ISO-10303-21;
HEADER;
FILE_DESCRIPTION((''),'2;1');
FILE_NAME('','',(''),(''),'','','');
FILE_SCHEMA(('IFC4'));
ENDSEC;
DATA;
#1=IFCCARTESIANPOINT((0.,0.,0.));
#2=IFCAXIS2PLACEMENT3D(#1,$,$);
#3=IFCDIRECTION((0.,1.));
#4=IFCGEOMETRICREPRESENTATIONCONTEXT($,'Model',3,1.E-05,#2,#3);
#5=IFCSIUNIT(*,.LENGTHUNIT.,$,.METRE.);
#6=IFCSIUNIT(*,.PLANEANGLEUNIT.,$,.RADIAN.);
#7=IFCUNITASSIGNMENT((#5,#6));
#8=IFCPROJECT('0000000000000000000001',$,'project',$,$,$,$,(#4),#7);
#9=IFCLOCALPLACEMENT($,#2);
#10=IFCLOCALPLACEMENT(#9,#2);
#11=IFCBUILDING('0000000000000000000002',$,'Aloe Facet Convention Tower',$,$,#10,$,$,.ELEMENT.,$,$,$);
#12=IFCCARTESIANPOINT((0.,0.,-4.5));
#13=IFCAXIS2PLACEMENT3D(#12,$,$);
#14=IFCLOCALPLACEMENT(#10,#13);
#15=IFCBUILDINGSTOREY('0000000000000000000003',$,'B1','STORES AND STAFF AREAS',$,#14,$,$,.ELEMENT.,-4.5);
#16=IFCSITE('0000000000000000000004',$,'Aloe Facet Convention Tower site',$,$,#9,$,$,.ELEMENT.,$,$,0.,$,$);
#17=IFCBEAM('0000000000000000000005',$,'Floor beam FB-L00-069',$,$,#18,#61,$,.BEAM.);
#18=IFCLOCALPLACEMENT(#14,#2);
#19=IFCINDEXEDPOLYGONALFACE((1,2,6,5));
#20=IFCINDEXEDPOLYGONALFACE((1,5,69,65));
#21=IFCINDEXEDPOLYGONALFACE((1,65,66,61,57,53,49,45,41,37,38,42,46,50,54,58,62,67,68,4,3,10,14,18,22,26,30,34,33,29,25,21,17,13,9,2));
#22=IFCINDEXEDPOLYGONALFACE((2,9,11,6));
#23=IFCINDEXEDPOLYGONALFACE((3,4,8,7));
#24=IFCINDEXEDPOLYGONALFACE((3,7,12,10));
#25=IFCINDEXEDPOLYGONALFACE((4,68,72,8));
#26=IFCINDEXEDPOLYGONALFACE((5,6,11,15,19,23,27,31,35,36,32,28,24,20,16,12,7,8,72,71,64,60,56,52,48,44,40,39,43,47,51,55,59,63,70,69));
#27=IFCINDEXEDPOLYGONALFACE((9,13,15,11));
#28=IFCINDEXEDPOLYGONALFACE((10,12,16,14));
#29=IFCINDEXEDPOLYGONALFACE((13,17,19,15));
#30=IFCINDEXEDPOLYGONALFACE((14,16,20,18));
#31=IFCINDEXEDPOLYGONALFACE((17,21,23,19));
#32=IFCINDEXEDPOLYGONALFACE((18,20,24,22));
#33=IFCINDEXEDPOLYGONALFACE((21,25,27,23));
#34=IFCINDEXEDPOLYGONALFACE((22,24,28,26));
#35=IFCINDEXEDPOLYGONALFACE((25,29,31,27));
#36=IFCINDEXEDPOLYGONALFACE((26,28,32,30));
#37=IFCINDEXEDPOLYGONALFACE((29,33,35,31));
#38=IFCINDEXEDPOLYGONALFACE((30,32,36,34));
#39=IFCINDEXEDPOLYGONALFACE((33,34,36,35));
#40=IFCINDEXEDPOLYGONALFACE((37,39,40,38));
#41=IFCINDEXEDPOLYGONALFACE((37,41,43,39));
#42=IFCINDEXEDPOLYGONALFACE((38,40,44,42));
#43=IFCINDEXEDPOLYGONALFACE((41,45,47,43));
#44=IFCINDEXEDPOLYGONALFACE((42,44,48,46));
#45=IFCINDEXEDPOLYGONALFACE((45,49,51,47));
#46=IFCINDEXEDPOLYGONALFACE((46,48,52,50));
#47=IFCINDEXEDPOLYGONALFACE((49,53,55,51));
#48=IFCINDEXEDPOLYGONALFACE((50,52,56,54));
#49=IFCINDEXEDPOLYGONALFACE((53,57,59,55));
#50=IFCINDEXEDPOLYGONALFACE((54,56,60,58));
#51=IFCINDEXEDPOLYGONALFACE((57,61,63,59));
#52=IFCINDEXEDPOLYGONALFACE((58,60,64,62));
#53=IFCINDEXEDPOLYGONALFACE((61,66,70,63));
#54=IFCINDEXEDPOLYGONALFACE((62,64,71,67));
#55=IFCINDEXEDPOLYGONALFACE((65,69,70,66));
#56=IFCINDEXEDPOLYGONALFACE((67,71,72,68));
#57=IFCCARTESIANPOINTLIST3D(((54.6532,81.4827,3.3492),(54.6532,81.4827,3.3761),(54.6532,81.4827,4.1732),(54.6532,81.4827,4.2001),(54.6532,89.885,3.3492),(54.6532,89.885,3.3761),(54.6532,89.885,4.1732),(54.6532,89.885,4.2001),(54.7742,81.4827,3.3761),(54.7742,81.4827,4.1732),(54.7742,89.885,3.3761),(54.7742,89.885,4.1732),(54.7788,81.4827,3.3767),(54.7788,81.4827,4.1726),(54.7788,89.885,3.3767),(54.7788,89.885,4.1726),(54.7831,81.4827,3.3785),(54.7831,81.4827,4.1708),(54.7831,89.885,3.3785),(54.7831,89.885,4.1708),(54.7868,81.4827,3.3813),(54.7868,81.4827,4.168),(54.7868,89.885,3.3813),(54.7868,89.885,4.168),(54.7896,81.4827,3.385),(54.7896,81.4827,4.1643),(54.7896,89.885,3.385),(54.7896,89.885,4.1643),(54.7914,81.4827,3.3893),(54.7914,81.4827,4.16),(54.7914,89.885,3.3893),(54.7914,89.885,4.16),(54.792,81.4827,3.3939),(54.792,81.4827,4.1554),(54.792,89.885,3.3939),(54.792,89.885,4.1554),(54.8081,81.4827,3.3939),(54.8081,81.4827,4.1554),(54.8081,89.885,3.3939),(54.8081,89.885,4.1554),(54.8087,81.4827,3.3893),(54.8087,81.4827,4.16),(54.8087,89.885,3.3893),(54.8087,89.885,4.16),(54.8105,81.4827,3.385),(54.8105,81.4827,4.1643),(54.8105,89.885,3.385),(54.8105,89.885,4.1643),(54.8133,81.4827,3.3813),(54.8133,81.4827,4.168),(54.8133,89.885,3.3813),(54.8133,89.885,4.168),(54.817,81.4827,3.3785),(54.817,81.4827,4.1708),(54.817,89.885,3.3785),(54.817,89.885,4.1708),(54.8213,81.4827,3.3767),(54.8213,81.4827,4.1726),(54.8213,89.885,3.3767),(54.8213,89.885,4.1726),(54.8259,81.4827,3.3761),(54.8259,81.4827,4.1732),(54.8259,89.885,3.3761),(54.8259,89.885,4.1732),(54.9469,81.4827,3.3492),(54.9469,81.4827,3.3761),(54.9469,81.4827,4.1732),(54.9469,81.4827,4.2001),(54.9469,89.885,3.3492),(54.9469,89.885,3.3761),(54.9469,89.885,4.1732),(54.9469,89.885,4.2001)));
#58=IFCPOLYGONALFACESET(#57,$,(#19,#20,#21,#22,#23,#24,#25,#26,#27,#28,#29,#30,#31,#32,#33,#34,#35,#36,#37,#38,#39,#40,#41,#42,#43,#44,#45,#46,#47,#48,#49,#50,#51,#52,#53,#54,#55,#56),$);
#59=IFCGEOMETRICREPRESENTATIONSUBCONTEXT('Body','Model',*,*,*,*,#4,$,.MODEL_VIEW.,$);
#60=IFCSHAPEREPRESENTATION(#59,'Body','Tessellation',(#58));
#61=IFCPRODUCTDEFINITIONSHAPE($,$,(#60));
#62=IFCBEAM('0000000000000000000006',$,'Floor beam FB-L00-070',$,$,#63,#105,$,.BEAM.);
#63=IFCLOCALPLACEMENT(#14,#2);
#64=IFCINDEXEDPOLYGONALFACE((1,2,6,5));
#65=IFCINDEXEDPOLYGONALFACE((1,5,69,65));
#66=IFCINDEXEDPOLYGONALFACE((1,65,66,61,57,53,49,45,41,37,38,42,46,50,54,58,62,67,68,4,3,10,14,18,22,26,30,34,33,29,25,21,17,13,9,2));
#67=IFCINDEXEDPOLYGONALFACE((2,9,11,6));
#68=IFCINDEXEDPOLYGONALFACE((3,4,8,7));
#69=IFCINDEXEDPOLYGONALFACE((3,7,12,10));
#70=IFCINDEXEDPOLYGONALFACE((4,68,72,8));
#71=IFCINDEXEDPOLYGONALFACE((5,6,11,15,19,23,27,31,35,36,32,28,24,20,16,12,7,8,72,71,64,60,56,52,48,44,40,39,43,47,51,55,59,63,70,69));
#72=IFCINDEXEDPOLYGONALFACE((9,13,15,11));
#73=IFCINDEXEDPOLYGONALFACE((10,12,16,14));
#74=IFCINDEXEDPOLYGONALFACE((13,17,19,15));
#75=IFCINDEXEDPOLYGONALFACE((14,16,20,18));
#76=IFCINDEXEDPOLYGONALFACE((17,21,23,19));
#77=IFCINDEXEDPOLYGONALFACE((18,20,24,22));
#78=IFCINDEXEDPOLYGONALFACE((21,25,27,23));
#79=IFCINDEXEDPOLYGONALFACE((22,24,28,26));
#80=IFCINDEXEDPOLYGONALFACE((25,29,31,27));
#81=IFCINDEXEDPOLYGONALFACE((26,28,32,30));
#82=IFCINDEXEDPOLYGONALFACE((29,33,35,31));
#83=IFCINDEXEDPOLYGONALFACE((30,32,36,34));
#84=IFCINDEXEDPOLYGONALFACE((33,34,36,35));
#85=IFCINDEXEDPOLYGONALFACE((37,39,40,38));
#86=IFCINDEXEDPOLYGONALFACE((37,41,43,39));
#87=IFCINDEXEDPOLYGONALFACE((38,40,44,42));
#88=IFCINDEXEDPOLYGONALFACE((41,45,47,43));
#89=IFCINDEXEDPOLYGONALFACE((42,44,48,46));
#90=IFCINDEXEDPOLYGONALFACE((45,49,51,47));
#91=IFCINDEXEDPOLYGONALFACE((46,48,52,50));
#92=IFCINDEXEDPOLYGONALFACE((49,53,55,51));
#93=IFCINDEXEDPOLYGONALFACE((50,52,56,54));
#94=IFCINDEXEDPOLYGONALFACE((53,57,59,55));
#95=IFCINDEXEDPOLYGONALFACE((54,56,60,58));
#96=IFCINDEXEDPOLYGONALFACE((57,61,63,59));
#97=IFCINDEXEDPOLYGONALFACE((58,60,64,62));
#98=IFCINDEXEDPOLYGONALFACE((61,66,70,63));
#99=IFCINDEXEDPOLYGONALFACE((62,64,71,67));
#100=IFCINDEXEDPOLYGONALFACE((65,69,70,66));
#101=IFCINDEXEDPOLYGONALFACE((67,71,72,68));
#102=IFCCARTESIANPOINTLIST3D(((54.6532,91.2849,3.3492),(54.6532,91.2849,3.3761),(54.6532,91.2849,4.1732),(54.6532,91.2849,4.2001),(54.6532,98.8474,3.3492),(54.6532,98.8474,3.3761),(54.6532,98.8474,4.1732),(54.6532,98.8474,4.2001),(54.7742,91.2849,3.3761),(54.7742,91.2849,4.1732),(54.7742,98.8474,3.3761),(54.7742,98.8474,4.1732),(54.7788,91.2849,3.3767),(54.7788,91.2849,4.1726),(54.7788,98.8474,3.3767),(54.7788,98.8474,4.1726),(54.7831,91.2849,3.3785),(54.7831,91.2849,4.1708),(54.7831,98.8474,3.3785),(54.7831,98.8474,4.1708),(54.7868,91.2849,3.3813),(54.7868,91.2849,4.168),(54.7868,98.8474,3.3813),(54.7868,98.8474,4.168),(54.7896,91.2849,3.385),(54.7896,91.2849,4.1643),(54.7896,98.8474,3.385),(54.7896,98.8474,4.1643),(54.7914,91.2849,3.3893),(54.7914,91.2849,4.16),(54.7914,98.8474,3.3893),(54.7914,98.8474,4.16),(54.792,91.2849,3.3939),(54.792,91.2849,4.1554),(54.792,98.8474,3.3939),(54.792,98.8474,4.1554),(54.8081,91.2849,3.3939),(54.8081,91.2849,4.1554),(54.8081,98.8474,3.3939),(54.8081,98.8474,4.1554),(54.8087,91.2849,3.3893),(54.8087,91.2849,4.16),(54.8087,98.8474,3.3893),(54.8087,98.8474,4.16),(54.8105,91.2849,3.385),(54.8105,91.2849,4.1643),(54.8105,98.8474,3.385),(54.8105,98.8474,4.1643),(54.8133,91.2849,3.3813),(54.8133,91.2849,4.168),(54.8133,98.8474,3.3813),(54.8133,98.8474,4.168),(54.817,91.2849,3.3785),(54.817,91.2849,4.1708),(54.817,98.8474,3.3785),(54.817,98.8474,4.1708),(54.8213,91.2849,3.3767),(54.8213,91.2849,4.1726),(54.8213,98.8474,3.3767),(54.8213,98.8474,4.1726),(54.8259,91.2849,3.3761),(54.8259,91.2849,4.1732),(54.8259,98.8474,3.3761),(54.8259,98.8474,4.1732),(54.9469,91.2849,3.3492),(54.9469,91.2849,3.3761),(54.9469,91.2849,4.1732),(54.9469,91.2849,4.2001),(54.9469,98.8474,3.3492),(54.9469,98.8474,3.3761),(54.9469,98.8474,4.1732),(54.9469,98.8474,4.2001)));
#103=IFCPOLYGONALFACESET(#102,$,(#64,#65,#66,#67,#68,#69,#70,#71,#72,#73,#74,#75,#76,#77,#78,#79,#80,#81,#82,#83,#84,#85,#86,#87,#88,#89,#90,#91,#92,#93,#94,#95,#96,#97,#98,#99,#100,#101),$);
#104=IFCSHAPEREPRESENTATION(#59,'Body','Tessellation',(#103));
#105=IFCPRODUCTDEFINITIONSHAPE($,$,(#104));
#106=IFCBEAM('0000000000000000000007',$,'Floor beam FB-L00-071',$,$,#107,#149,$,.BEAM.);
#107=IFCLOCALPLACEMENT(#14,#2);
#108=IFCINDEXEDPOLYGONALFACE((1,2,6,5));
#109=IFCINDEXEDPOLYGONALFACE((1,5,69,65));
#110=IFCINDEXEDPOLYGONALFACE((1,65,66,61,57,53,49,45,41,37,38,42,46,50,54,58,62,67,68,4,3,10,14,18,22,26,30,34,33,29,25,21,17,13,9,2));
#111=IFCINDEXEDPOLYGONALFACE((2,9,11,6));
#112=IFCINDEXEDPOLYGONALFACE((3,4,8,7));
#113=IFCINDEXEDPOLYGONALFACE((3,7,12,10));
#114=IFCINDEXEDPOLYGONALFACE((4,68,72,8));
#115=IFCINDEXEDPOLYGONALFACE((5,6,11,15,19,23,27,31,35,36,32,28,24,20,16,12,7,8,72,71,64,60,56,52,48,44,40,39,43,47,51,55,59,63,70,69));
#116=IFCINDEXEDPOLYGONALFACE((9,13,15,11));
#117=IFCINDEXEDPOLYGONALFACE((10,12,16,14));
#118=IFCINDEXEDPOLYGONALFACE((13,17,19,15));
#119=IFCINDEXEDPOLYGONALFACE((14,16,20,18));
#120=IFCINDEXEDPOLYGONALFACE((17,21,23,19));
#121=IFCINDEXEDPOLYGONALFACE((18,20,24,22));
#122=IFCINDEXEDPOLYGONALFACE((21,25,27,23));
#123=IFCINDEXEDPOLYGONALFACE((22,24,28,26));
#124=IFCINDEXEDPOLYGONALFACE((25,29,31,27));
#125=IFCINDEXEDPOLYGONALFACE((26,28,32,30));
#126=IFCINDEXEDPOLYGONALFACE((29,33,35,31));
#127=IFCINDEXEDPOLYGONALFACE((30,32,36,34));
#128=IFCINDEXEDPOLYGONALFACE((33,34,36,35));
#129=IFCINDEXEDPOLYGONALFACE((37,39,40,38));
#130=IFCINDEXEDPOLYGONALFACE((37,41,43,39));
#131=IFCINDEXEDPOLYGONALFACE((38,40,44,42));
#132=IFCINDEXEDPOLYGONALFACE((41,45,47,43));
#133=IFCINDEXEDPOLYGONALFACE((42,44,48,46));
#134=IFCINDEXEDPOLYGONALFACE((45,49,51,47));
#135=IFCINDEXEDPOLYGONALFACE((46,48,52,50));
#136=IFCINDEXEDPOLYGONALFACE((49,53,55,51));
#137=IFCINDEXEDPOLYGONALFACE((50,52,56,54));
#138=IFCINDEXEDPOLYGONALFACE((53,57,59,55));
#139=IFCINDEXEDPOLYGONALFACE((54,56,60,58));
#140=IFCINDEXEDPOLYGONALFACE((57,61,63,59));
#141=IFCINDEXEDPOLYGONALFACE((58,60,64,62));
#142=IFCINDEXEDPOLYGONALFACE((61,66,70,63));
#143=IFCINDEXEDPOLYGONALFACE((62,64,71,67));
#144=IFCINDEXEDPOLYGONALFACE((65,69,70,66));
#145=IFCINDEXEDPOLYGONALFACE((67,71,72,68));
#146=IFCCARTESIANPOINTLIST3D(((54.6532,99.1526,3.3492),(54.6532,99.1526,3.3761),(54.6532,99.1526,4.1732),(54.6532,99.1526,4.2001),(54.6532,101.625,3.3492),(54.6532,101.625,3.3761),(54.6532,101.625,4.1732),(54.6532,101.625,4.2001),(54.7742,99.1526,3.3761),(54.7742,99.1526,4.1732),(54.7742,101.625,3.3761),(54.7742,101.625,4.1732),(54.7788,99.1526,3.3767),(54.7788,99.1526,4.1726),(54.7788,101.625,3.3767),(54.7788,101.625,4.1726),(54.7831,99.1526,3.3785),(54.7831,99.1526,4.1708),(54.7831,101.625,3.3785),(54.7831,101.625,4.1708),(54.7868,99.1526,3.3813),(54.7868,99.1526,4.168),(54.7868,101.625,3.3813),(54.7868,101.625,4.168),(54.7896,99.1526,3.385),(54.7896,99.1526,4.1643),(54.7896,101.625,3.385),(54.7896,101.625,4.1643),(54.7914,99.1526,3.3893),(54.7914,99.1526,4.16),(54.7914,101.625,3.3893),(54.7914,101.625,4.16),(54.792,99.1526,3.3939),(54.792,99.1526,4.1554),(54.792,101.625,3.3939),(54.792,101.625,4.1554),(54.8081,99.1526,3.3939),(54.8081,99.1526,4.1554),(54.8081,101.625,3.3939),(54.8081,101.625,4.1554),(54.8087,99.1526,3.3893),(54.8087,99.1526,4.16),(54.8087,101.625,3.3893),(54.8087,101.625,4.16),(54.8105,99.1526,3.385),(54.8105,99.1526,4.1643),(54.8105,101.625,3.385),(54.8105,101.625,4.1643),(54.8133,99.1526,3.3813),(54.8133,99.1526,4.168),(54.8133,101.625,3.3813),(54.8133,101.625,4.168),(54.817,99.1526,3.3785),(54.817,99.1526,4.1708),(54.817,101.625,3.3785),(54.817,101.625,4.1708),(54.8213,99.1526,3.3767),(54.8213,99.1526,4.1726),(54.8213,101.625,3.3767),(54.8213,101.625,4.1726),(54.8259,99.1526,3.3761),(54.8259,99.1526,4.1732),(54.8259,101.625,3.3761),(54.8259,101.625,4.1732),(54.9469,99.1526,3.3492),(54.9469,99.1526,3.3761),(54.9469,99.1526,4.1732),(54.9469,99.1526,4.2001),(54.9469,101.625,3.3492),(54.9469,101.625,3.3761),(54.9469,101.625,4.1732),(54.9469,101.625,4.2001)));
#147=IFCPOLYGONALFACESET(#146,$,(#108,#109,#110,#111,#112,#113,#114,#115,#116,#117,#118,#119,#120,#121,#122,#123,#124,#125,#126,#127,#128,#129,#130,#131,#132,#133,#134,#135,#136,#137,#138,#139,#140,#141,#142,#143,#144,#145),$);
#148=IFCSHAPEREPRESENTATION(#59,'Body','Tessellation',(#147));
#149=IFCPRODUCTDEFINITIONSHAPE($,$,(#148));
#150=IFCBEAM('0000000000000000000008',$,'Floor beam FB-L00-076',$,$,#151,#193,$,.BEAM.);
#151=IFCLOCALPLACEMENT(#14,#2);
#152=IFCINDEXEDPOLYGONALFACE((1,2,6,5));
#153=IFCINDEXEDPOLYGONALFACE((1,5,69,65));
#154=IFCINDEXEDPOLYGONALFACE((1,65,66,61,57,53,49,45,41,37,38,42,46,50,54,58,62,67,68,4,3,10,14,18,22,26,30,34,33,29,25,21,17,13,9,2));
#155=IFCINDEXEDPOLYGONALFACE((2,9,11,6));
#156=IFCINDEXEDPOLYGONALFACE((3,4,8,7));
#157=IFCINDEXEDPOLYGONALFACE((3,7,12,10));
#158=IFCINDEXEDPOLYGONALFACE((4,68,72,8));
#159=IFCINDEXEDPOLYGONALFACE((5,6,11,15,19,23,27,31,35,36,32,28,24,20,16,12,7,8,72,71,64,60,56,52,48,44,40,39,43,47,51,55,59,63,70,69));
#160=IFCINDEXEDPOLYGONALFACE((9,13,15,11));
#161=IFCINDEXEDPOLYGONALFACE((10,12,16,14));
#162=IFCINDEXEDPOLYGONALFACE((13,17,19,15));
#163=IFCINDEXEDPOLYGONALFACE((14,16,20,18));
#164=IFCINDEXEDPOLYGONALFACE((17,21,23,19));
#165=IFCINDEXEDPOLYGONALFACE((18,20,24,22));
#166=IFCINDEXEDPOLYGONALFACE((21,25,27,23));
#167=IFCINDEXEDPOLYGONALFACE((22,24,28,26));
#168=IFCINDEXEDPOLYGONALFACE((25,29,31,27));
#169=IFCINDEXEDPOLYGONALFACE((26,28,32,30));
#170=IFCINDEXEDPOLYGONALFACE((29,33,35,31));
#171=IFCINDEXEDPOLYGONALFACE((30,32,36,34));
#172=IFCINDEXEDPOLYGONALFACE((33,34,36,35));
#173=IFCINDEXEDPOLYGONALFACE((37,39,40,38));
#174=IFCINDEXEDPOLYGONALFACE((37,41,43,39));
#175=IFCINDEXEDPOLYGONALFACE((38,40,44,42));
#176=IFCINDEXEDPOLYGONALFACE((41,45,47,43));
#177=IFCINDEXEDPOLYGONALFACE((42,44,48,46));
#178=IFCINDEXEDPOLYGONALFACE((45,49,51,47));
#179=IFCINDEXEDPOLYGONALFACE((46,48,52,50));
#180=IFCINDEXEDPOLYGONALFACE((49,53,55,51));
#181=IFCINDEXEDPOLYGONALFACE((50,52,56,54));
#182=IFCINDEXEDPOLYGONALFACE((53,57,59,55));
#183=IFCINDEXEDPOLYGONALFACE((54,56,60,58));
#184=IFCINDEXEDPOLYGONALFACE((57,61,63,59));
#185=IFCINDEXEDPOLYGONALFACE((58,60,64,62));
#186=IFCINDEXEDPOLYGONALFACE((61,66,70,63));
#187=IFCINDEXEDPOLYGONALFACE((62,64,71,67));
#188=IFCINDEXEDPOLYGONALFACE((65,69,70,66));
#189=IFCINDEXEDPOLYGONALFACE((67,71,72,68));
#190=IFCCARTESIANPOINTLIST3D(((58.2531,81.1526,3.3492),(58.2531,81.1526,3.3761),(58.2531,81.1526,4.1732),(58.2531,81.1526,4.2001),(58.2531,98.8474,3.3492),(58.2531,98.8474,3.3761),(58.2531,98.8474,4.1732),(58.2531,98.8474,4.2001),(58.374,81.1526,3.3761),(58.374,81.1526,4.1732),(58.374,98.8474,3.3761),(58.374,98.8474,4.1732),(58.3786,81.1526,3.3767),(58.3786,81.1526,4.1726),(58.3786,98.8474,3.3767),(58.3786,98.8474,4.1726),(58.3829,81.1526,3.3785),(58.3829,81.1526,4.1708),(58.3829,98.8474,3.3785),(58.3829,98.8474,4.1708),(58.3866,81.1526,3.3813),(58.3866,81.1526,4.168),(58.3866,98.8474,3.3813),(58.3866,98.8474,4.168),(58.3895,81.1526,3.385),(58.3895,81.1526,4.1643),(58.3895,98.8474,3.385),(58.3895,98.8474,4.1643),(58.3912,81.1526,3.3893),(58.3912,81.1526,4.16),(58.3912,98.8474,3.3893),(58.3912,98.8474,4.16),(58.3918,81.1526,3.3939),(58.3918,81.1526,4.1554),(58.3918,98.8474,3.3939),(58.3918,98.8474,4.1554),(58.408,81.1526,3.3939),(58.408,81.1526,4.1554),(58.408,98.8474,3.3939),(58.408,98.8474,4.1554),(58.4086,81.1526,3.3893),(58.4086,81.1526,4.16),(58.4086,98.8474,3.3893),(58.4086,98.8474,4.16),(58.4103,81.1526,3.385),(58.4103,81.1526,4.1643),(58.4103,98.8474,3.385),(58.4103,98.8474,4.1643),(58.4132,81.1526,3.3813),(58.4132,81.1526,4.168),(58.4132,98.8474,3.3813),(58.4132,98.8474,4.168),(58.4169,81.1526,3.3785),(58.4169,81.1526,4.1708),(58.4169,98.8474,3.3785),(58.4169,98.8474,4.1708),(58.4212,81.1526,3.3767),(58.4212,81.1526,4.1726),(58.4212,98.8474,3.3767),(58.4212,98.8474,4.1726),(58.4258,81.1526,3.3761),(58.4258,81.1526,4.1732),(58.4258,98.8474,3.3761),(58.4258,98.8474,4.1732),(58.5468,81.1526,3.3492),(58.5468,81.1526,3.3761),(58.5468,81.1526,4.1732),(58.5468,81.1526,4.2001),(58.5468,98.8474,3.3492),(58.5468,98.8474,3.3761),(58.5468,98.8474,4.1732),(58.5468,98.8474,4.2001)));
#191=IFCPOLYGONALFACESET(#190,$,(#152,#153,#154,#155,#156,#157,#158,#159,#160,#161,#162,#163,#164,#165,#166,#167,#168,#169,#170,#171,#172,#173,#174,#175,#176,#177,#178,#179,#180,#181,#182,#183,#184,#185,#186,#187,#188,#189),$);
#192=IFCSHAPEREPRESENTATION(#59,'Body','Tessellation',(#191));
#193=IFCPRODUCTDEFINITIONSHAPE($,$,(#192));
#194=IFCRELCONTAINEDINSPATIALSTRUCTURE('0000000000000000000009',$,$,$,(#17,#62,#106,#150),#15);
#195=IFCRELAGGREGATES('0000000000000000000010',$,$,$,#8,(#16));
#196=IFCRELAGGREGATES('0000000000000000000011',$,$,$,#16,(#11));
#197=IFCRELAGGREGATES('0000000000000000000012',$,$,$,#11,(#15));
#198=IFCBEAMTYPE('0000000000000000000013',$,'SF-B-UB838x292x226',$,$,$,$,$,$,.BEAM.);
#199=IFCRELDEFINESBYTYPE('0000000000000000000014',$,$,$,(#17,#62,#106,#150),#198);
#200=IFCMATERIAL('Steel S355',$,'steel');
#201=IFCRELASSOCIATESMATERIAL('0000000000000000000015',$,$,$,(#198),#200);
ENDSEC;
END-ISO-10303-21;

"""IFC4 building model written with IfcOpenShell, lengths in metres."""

from ifc_helpers import new_model, si_unit, direction, frame, origin, origin_2d, place, context, subcontext, project, spatial, i_section, extrude, material, material_profile, profile_set, type_object, element, save


model = new_model("IFC4")

# Units and contexts
model_context = context("Model", 3, precision=1e-05, world=origin(), true_north=direction((0.0, 1.0)))
body_context = subcontext(model_context, "Body", "Model", "MODEL_VIEW")
ifc_project = project(units=[si_unit("LENGTHUNIT", "METRE"), si_unit("PLANEANGLEUNIT", "RADIAN")], contexts=[model_context])

# Site, building, storey
site_placement = place(None, origin())
site = spatial("IfcSite", under=ifc_project, at=site_placement, Name="Aloe Facet Convention Tower site", CompositionType="ELEMENT", RefElevation=0.0)
building_placement = place(site_placement, origin())
building = spatial("IfcBuilding", under=site, at=building_placement, Name="Aloe Facet Convention Tower", CompositionType="ELEMENT")
storey_placement = place(building_placement, frame((0.0, 0.0, -4.5)))
storey = spatial("IfcBuildingStorey", under=building, at=storey_placement, Name="B1", Description="STORES AND STAFF AREAS", CompositionType="ELEMENT", Elevation=-4.5)

# Beams
ifc_material_1 = material(Name="Steel S355", Category="steel")
ifc_material_profile_1 = material_profile(ifc_material_1, i_section(OverallWidth=0.2937, OverallDepth=0.8508, WebThickness=0.0161, FlangeThickness=0.0269, FilletRadius=0.0178, at=origin_2d()), Name="UB 838x292x226")
ifc_profile_set_1 = profile_set([ifc_material_profile_1], Name="Steel S355")
beam_type_1 = type_object("IfcBeamType", Name="SF-B-UB838x292x226", PredefinedType="BEAM", material=ifc_profile_set_1)
beam_1_placement = place(storey_placement, frame((54.8, 81.4827, 3.7747), z_axis=(0.0, 1.0, 0.0), x_axis=(-1.0, 0.0, 0.0)))
element("IfcBeam", 1, at=beam_1_placement, inside=storey, type_object=beam_type_1, Name="Floor beam FB-L00-069", PredefinedType="BEAM", context=body_context, shape_type="SweptSolid", body=[
    extrude(i_section(OverallWidth=0.2937, OverallDepth=0.8508, WebThickness=0.0161, FlangeThickness=0.0269, FilletRadius=0.0178, at=origin_2d()), origin(), (0.0, 0.0, 1.0), 8.4023),
])
beam_2_placement = place(storey_placement, frame((54.8, 91.2849, 3.7747), z_axis=(0.0, 1.0, 0.0), x_axis=(-1.0, 0.0, 0.0)))
element("IfcBeam", 2, at=beam_2_placement, inside=storey, type_object=beam_type_1, Name="Floor beam FB-L00-070", PredefinedType="BEAM", context=body_context, shape_type="SweptSolid", body=[
    extrude(i_section(OverallWidth=0.2937, OverallDepth=0.8508, WebThickness=0.0161, FlangeThickness=0.0269, FilletRadius=0.0178, at=origin_2d()), origin(), (0.0, 0.0, 1.0), 7.5625),
])
beam_3_placement = place(storey_placement, frame((54.8, 99.1526, 3.7747), z_axis=(0.0, 1.0, 0.0), x_axis=(-1.0, 0.0, 0.0)))
element("IfcBeam", 3, at=beam_3_placement, inside=storey, type_object=beam_type_1, Name="Floor beam FB-L00-071", PredefinedType="BEAM", context=body_context, shape_type="SweptSolid", body=[
    extrude(i_section(OverallWidth=0.2937, OverallDepth=0.8508, WebThickness=0.0161, FlangeThickness=0.0269, FilletRadius=0.0178, at=origin_2d()), origin(), (0.0, 0.0, 1.0), 2.4724),
])
for number, where, z_axis, x_axis, name in (
    (4, (58.3999, 81.1526, 3.7747), (0.0, 1.0, 0.0), (-1.0, 0.0, 0.0), "Floor beam FB-L00-076"),
):
    element("IfcBeam", number, at=place(storey_placement, frame(where, z_axis=z_axis, x_axis=x_axis)), inside=storey, type_object=beam_type_1, Name=name, PredefinedType="BEAM", context=body_context, shape_type="SweptSolid", body=[
        extrude(i_section(OverallWidth=0.2937, OverallDepth=0.8508, WebThickness=0.0161, FlangeThickness=0.0269, FilletRadius=0.0178, at=origin_2d()), origin(), (0.0, 0.0, 1.0), 17.6948),
    ])

save(model, "model.ifc")
